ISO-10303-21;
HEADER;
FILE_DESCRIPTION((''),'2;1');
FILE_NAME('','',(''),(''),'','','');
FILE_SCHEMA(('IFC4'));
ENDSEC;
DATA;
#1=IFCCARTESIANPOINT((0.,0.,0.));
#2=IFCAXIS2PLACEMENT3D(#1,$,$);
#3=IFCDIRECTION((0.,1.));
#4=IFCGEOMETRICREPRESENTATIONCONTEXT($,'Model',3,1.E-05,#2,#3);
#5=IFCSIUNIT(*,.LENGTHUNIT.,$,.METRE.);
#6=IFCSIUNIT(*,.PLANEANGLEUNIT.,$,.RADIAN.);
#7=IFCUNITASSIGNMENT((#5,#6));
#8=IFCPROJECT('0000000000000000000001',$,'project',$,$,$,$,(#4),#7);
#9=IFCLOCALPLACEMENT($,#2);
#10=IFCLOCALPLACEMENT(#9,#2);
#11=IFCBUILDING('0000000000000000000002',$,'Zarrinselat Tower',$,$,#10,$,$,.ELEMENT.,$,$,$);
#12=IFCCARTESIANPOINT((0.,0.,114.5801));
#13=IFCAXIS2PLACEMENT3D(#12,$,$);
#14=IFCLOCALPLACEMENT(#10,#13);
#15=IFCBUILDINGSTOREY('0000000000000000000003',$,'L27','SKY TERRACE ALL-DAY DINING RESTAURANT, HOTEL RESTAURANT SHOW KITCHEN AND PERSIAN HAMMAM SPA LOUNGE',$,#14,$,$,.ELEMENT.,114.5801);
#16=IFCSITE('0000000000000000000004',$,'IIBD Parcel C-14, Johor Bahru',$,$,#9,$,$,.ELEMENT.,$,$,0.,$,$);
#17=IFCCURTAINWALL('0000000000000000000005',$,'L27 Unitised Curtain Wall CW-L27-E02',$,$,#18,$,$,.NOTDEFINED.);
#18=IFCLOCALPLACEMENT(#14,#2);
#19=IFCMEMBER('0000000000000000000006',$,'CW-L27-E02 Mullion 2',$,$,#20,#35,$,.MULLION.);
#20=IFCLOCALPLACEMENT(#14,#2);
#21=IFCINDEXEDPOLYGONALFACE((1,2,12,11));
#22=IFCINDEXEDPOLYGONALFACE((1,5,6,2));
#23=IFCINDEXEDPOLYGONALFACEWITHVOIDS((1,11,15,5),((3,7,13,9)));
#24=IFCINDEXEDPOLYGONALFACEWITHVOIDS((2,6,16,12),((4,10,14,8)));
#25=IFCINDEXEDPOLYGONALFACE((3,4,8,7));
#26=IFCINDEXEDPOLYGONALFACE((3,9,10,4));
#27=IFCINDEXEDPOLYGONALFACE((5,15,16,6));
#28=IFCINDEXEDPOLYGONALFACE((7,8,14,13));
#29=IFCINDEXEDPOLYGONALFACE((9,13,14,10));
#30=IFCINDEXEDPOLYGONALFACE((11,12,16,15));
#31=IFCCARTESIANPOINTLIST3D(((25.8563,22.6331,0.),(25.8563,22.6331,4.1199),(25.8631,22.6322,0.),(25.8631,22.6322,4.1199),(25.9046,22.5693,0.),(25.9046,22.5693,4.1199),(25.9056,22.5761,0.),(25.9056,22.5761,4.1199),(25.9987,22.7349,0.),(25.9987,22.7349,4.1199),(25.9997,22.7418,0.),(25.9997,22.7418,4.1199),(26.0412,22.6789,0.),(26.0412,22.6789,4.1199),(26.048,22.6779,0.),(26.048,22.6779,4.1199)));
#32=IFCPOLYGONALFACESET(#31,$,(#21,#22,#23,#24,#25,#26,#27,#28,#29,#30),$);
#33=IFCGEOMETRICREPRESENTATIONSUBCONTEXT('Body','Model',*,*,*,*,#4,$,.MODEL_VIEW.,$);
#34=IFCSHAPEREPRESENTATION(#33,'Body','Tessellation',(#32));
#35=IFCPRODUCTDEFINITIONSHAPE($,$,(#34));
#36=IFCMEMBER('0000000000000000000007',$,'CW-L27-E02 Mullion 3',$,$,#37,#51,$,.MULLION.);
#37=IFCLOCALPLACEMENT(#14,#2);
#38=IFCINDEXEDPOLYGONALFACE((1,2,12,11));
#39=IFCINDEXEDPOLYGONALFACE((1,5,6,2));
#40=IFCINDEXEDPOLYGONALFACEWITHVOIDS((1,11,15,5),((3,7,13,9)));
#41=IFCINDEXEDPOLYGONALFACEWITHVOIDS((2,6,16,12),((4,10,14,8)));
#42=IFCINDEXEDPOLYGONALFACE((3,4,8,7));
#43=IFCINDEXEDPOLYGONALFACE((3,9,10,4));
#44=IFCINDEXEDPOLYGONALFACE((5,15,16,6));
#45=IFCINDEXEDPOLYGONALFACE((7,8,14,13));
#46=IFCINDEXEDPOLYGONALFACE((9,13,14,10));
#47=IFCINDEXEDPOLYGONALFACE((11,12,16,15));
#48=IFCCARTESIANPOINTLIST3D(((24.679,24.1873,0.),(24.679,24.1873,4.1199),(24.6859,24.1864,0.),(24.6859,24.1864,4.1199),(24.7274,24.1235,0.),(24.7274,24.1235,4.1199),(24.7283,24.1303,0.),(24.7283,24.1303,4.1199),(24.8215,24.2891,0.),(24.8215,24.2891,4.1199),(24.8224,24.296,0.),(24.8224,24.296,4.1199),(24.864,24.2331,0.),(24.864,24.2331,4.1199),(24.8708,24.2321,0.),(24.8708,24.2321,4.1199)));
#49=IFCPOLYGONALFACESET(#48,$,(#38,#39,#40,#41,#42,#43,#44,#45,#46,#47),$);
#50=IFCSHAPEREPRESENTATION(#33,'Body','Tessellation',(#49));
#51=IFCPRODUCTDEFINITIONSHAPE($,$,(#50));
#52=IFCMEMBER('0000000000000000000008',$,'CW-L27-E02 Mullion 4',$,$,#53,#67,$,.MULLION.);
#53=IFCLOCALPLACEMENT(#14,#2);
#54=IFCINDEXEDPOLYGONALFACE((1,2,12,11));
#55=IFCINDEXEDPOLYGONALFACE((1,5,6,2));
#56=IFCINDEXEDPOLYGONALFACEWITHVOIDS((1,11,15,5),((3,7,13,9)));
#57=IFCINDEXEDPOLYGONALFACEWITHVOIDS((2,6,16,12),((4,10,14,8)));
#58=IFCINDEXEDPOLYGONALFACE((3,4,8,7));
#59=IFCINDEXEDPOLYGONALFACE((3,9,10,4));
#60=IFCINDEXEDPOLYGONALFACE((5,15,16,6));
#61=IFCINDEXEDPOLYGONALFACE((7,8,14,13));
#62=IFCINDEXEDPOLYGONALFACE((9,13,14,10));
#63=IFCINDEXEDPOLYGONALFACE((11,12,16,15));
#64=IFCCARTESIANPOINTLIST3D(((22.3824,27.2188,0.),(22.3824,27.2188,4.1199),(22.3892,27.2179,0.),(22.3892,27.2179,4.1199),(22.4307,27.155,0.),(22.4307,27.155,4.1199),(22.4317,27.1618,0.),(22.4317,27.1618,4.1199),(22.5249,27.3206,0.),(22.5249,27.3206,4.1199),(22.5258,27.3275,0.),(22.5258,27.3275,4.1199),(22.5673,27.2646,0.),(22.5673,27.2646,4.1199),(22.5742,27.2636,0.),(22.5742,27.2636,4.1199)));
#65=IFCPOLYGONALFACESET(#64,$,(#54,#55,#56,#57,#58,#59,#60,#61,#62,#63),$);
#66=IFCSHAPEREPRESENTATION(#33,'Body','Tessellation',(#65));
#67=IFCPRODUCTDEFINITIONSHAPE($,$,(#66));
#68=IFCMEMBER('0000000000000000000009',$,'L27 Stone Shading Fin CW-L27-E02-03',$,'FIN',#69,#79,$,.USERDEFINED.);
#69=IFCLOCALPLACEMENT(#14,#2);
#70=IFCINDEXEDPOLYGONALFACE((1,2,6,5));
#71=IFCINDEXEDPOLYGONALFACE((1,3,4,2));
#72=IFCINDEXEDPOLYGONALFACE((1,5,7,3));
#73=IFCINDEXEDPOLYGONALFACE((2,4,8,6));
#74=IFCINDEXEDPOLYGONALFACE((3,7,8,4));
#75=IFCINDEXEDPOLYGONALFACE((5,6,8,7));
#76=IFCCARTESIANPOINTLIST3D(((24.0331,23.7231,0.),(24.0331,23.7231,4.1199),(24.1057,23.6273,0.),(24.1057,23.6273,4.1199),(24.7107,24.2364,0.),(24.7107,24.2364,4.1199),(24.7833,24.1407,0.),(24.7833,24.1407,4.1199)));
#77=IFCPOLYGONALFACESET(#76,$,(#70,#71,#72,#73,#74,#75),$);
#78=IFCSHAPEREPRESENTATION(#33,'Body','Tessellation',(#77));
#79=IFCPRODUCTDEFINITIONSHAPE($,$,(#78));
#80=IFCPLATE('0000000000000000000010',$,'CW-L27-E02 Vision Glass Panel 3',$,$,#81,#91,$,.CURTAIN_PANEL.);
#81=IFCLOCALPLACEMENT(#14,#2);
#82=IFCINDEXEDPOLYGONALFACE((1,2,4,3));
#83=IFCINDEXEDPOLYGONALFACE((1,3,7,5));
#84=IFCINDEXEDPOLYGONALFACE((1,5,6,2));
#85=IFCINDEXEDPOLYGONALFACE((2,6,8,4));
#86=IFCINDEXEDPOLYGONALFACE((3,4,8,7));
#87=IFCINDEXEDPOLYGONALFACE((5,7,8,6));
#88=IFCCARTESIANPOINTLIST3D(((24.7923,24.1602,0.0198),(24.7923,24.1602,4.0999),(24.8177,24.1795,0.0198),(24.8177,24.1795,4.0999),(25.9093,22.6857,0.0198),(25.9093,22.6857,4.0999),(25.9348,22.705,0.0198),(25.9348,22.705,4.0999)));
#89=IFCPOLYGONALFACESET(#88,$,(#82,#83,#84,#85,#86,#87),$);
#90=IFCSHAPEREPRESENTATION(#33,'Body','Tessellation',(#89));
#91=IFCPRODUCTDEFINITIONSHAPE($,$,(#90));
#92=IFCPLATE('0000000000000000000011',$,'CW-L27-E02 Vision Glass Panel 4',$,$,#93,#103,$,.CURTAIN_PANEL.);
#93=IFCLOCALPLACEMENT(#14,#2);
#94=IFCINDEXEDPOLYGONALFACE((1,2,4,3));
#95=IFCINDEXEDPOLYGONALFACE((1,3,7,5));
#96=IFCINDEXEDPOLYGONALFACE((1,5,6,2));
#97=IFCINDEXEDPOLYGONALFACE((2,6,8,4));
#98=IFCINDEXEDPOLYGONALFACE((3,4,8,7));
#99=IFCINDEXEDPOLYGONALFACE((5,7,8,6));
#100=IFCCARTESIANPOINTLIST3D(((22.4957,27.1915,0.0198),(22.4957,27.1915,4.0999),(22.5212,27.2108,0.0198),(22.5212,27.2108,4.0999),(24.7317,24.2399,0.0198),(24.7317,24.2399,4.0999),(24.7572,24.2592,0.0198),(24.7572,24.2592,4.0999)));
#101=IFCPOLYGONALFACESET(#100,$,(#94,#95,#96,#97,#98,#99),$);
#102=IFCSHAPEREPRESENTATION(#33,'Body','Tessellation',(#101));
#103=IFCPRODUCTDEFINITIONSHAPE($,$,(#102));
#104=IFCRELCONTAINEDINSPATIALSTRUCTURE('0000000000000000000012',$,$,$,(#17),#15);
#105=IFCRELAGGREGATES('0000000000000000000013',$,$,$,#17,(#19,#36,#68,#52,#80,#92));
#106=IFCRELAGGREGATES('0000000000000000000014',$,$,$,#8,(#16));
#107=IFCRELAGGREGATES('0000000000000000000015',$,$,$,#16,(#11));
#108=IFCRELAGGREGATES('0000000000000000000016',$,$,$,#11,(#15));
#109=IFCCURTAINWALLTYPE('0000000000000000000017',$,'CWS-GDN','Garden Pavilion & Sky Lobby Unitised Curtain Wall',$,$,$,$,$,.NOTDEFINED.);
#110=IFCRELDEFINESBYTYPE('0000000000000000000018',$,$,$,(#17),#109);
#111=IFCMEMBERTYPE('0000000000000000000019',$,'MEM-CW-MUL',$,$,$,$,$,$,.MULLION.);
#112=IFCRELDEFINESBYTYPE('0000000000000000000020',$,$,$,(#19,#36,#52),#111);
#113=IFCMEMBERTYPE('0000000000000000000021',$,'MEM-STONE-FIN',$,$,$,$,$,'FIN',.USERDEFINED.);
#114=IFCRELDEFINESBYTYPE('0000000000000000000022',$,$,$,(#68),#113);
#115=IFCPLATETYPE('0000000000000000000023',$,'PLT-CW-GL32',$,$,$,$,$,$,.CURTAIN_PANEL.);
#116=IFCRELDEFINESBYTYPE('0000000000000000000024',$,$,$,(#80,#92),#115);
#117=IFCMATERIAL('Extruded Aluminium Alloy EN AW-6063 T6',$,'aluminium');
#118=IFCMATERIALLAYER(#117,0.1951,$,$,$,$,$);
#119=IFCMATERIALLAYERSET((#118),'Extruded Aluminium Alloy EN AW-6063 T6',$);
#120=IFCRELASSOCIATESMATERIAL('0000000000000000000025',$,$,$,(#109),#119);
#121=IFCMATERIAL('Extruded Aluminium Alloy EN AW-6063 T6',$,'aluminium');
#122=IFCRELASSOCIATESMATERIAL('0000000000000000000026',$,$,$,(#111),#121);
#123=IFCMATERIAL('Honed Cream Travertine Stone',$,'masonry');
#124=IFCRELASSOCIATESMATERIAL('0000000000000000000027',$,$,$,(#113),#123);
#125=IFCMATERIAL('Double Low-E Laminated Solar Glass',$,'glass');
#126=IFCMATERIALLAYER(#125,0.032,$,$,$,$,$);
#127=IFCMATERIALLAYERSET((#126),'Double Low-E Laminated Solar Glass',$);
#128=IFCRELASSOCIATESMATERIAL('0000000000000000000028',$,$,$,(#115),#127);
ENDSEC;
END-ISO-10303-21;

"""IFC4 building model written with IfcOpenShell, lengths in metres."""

from ifc_helpers import new_model, si_unit, direction, frame, origin, origin_2d, place, context, subcontext, project, spatial, rectangle, hollow_rectangle, extrude, material, layer, layer_set, material_profile, profile_set, type_object, element, aggregate, save


model = new_model("IFC4")

# Units and contexts
model_context = context("Model", 3, precision=1e-05, world=origin(), true_north=direction((0.0, 1.0)))
body_context = subcontext(model_context, "Body", "Model", "MODEL_VIEW")
ifc_project = project(units=[si_unit("LENGTHUNIT", "METRE"), si_unit("PLANEANGLEUNIT", "RADIAN")], contexts=[model_context])

# Site, building, storey
site_placement = place(None, origin())
site = spatial("IfcSite", under=ifc_project, at=site_placement, Name="IIBD Parcel C-14, Johor Bahru", CompositionType="ELEMENT", RefElevation=0.0)
building_placement = place(site_placement, origin())
building = spatial("IfcBuilding", under=site, at=building_placement, Name="Zarrinselat Tower", CompositionType="ELEMENT")
storey_placement = place(building_placement, frame((0.0, 0.0, 114.5801)))
storey = spatial("IfcBuildingStorey", under=building, at=storey_placement, Name="L27", Description="SKY TERRACE ALL-DAY DINING RESTAURANT, HOTEL RESTAURANT SHOW KITCHEN AND PERSIAN HAMMAM SPA LOUNGE", CompositionType="ELEMENT", Elevation=114.5801)

# Curtain wall, members, plates
ifc_material_1 = material(Name="Extruded Aluminium Alloy EN AW-6063 T6", Category="aluminium")
ifc_layer_1 = layer(ifc_material_1, 0.1951)
ifc_layer_set_1 = layer_set([ifc_layer_1], Name="Extruded Aluminium Alloy EN AW-6063 T6")
curtain_wall_type = type_object("IfcCurtainWallType", Name="CWS-GDN", Description="Garden Pavilion & Sky Lobby Unitised Curtain Wall", PredefinedType="NOTDEFINED", material=ifc_layer_set_1)
curtain_wall_placement = place(storey_placement, origin())
curtain_wall = element("IfcCurtainWall", 1, at=curtain_wall_placement, inside=storey, type_object=curtain_wall_type, Name="L27 Unitised Curtain Wall CW-L27-E02", PredefinedType="NOTDEFINED")
ifc_material_2 = material(Name="Extruded Aluminium Alloy EN AW-6063 T6", Category="aluminium")
ifc_material_profile_1 = material_profile(ifc_material_2, hollow_rectangle(XDim=0.0801, YDim=0.1799, WallThickness=0.0049, at=origin_2d()), Name="RHS 180x80x5")
ifc_profile_set_1 = profile_set([ifc_material_profile_1], Name="Extruded Aluminium Alloy EN AW-6063 T6")
member_type_1 = type_object("IfcMemberType", Name="MEM-CW-MUL", PredefinedType="MULLION", material=ifc_profile_set_1)
member_1_placement = place(storey_placement, frame((25.9521, 22.6555, 0.0), z_axis=(0.0, 0.0, 1.0), x_axis=(-0.603858, 0.797092, 0.0)))
member_1 = element("IfcMember", 2, at=member_1_placement, type_object=member_type_1, Name="CW-L27-E02 Mullion 2", PredefinedType="MULLION", context=body_context, shape_type="SweptSolid", body=[
    extrude(hollow_rectangle(XDim=0.0801, YDim=0.1799, WallThickness=0.0049, at=origin_2d()), origin(), (0.0, 0.0, 1.0), 4.1199),
])
member_2_placement = place(storey_placement, frame((24.7749, 24.2097, 0.0), z_axis=(0.0, 0.0, 1.0), x_axis=(-0.603858, 0.797092, 0.0)))
member_2 = element("IfcMember", 3, at=member_2_placement, type_object=member_type_1, Name="CW-L27-E02 Mullion 3", PredefinedType="MULLION", context=body_context, shape_type="SweptSolid", body=[
    extrude(hollow_rectangle(XDim=0.0801, YDim=0.1799, WallThickness=0.0049, at=origin_2d()), origin(), (0.0, 0.0, 1.0), 4.1199),
])
member_3_placement = place(storey_placement, frame((22.4783, 27.2412, 0.0), z_axis=(0.0, 0.0, 1.0), x_axis=(-0.603858, 0.797092, 0.0)))
member_3 = element("IfcMember", 4, at=member_3_placement, type_object=member_type_1, Name="CW-L27-E02 Mullion 4", PredefinedType="MULLION", context=body_context, shape_type="SweptSolid", body=[
    extrude(hollow_rectangle(XDim=0.0801, YDim=0.1799, WallThickness=0.0049, at=origin_2d()), origin(), (0.0, 0.0, 1.0), 4.1199),
])
ifc_material_3 = material(Name="Honed Cream Travertine Stone", Category="masonry")
ifc_material_profile_2 = material_profile(ifc_material_3, rectangle(XDim=0.1201, YDim=0.8501, at=origin_2d()), Name="FIN 850x120")
ifc_profile_set_2 = profile_set([ifc_material_profile_2], Name="Honed Cream Travertine Stone")
member_type_2 = type_object("IfcMemberType", Name="MEM-STONE-FIN", ElementType="FIN", PredefinedType="USERDEFINED", material=ifc_profile_set_2)
member_4_placement = place(storey_placement, frame((24.4082, 23.9319, 0.0), z_axis=(0.0, 0.0, 1.0), x_axis=(-0.603858, 0.797092, 0.0)))
member_4 = element("IfcMember", 5, at=member_4_placement, type_object=member_type_2, Name="L27 Stone Shading Fin CW-L27-E02-03", ObjectType="FIN", PredefinedType="USERDEFINED", context=body_context, shape_type="SweptSolid", body=[
    extrude(rectangle(XDim=0.1201, YDim=0.8501, at=origin_2d()), origin(), (0.0, 0.0, 1.0), 4.1199),
])
ifc_material_4 = material(Name="Double Low-E Laminated Solar Glass", Category="glass")
ifc_layer_2 = layer(ifc_material_4, 0.032)
ifc_layer_set_2 = layer_set([ifc_layer_2], Name="Double Low-E Laminated Solar Glass")
plate_type = type_object("IfcPlateType", Name="PLT-CW-GL32", PredefinedType="CURTAIN_PANEL", material=ifc_layer_set_2)
plate_1_placement = place(storey_placement, frame((25.3635, 23.4326, 0.0198), z_axis=(0.0, 0.0, 1.0), x_axis=(-0.603858, 0.797092, 0.0)))
plate_1 = element("IfcPlate", 6, at=plate_1_placement, type_object=plate_type, Name="CW-L27-E02 Vision Glass Panel 3", PredefinedType="CURTAIN_PANEL", context=body_context, shape_type="SweptSolid", body=[
    extrude(rectangle(XDim=1.8499, YDim=0.032, at=origin_2d()), origin(), (0.0, 0.0, 1.0), 4.0801),
])
plate_2_placement = place(storey_placement, frame((23.6265, 25.7253, 0.0198), z_axis=(0.0, 0.0, 1.0), x_axis=(-0.603858, 0.797092, 0.0)))
plate_2 = element("IfcPlate", 7, at=plate_2_placement, type_object=plate_type, Name="CW-L27-E02 Vision Glass Panel 4", PredefinedType="CURTAIN_PANEL", context=body_context, shape_type="SweptSolid", body=[
    extrude(rectangle(XDim=3.7029, YDim=0.032, at=origin_2d()), origin(), (0.0, 0.0, 1.0), 4.0801),
])
aggregate(curtain_wall, [member_1, member_2, member_4, member_3, plate_1, plate_2])

save(model, "model.ifc")
